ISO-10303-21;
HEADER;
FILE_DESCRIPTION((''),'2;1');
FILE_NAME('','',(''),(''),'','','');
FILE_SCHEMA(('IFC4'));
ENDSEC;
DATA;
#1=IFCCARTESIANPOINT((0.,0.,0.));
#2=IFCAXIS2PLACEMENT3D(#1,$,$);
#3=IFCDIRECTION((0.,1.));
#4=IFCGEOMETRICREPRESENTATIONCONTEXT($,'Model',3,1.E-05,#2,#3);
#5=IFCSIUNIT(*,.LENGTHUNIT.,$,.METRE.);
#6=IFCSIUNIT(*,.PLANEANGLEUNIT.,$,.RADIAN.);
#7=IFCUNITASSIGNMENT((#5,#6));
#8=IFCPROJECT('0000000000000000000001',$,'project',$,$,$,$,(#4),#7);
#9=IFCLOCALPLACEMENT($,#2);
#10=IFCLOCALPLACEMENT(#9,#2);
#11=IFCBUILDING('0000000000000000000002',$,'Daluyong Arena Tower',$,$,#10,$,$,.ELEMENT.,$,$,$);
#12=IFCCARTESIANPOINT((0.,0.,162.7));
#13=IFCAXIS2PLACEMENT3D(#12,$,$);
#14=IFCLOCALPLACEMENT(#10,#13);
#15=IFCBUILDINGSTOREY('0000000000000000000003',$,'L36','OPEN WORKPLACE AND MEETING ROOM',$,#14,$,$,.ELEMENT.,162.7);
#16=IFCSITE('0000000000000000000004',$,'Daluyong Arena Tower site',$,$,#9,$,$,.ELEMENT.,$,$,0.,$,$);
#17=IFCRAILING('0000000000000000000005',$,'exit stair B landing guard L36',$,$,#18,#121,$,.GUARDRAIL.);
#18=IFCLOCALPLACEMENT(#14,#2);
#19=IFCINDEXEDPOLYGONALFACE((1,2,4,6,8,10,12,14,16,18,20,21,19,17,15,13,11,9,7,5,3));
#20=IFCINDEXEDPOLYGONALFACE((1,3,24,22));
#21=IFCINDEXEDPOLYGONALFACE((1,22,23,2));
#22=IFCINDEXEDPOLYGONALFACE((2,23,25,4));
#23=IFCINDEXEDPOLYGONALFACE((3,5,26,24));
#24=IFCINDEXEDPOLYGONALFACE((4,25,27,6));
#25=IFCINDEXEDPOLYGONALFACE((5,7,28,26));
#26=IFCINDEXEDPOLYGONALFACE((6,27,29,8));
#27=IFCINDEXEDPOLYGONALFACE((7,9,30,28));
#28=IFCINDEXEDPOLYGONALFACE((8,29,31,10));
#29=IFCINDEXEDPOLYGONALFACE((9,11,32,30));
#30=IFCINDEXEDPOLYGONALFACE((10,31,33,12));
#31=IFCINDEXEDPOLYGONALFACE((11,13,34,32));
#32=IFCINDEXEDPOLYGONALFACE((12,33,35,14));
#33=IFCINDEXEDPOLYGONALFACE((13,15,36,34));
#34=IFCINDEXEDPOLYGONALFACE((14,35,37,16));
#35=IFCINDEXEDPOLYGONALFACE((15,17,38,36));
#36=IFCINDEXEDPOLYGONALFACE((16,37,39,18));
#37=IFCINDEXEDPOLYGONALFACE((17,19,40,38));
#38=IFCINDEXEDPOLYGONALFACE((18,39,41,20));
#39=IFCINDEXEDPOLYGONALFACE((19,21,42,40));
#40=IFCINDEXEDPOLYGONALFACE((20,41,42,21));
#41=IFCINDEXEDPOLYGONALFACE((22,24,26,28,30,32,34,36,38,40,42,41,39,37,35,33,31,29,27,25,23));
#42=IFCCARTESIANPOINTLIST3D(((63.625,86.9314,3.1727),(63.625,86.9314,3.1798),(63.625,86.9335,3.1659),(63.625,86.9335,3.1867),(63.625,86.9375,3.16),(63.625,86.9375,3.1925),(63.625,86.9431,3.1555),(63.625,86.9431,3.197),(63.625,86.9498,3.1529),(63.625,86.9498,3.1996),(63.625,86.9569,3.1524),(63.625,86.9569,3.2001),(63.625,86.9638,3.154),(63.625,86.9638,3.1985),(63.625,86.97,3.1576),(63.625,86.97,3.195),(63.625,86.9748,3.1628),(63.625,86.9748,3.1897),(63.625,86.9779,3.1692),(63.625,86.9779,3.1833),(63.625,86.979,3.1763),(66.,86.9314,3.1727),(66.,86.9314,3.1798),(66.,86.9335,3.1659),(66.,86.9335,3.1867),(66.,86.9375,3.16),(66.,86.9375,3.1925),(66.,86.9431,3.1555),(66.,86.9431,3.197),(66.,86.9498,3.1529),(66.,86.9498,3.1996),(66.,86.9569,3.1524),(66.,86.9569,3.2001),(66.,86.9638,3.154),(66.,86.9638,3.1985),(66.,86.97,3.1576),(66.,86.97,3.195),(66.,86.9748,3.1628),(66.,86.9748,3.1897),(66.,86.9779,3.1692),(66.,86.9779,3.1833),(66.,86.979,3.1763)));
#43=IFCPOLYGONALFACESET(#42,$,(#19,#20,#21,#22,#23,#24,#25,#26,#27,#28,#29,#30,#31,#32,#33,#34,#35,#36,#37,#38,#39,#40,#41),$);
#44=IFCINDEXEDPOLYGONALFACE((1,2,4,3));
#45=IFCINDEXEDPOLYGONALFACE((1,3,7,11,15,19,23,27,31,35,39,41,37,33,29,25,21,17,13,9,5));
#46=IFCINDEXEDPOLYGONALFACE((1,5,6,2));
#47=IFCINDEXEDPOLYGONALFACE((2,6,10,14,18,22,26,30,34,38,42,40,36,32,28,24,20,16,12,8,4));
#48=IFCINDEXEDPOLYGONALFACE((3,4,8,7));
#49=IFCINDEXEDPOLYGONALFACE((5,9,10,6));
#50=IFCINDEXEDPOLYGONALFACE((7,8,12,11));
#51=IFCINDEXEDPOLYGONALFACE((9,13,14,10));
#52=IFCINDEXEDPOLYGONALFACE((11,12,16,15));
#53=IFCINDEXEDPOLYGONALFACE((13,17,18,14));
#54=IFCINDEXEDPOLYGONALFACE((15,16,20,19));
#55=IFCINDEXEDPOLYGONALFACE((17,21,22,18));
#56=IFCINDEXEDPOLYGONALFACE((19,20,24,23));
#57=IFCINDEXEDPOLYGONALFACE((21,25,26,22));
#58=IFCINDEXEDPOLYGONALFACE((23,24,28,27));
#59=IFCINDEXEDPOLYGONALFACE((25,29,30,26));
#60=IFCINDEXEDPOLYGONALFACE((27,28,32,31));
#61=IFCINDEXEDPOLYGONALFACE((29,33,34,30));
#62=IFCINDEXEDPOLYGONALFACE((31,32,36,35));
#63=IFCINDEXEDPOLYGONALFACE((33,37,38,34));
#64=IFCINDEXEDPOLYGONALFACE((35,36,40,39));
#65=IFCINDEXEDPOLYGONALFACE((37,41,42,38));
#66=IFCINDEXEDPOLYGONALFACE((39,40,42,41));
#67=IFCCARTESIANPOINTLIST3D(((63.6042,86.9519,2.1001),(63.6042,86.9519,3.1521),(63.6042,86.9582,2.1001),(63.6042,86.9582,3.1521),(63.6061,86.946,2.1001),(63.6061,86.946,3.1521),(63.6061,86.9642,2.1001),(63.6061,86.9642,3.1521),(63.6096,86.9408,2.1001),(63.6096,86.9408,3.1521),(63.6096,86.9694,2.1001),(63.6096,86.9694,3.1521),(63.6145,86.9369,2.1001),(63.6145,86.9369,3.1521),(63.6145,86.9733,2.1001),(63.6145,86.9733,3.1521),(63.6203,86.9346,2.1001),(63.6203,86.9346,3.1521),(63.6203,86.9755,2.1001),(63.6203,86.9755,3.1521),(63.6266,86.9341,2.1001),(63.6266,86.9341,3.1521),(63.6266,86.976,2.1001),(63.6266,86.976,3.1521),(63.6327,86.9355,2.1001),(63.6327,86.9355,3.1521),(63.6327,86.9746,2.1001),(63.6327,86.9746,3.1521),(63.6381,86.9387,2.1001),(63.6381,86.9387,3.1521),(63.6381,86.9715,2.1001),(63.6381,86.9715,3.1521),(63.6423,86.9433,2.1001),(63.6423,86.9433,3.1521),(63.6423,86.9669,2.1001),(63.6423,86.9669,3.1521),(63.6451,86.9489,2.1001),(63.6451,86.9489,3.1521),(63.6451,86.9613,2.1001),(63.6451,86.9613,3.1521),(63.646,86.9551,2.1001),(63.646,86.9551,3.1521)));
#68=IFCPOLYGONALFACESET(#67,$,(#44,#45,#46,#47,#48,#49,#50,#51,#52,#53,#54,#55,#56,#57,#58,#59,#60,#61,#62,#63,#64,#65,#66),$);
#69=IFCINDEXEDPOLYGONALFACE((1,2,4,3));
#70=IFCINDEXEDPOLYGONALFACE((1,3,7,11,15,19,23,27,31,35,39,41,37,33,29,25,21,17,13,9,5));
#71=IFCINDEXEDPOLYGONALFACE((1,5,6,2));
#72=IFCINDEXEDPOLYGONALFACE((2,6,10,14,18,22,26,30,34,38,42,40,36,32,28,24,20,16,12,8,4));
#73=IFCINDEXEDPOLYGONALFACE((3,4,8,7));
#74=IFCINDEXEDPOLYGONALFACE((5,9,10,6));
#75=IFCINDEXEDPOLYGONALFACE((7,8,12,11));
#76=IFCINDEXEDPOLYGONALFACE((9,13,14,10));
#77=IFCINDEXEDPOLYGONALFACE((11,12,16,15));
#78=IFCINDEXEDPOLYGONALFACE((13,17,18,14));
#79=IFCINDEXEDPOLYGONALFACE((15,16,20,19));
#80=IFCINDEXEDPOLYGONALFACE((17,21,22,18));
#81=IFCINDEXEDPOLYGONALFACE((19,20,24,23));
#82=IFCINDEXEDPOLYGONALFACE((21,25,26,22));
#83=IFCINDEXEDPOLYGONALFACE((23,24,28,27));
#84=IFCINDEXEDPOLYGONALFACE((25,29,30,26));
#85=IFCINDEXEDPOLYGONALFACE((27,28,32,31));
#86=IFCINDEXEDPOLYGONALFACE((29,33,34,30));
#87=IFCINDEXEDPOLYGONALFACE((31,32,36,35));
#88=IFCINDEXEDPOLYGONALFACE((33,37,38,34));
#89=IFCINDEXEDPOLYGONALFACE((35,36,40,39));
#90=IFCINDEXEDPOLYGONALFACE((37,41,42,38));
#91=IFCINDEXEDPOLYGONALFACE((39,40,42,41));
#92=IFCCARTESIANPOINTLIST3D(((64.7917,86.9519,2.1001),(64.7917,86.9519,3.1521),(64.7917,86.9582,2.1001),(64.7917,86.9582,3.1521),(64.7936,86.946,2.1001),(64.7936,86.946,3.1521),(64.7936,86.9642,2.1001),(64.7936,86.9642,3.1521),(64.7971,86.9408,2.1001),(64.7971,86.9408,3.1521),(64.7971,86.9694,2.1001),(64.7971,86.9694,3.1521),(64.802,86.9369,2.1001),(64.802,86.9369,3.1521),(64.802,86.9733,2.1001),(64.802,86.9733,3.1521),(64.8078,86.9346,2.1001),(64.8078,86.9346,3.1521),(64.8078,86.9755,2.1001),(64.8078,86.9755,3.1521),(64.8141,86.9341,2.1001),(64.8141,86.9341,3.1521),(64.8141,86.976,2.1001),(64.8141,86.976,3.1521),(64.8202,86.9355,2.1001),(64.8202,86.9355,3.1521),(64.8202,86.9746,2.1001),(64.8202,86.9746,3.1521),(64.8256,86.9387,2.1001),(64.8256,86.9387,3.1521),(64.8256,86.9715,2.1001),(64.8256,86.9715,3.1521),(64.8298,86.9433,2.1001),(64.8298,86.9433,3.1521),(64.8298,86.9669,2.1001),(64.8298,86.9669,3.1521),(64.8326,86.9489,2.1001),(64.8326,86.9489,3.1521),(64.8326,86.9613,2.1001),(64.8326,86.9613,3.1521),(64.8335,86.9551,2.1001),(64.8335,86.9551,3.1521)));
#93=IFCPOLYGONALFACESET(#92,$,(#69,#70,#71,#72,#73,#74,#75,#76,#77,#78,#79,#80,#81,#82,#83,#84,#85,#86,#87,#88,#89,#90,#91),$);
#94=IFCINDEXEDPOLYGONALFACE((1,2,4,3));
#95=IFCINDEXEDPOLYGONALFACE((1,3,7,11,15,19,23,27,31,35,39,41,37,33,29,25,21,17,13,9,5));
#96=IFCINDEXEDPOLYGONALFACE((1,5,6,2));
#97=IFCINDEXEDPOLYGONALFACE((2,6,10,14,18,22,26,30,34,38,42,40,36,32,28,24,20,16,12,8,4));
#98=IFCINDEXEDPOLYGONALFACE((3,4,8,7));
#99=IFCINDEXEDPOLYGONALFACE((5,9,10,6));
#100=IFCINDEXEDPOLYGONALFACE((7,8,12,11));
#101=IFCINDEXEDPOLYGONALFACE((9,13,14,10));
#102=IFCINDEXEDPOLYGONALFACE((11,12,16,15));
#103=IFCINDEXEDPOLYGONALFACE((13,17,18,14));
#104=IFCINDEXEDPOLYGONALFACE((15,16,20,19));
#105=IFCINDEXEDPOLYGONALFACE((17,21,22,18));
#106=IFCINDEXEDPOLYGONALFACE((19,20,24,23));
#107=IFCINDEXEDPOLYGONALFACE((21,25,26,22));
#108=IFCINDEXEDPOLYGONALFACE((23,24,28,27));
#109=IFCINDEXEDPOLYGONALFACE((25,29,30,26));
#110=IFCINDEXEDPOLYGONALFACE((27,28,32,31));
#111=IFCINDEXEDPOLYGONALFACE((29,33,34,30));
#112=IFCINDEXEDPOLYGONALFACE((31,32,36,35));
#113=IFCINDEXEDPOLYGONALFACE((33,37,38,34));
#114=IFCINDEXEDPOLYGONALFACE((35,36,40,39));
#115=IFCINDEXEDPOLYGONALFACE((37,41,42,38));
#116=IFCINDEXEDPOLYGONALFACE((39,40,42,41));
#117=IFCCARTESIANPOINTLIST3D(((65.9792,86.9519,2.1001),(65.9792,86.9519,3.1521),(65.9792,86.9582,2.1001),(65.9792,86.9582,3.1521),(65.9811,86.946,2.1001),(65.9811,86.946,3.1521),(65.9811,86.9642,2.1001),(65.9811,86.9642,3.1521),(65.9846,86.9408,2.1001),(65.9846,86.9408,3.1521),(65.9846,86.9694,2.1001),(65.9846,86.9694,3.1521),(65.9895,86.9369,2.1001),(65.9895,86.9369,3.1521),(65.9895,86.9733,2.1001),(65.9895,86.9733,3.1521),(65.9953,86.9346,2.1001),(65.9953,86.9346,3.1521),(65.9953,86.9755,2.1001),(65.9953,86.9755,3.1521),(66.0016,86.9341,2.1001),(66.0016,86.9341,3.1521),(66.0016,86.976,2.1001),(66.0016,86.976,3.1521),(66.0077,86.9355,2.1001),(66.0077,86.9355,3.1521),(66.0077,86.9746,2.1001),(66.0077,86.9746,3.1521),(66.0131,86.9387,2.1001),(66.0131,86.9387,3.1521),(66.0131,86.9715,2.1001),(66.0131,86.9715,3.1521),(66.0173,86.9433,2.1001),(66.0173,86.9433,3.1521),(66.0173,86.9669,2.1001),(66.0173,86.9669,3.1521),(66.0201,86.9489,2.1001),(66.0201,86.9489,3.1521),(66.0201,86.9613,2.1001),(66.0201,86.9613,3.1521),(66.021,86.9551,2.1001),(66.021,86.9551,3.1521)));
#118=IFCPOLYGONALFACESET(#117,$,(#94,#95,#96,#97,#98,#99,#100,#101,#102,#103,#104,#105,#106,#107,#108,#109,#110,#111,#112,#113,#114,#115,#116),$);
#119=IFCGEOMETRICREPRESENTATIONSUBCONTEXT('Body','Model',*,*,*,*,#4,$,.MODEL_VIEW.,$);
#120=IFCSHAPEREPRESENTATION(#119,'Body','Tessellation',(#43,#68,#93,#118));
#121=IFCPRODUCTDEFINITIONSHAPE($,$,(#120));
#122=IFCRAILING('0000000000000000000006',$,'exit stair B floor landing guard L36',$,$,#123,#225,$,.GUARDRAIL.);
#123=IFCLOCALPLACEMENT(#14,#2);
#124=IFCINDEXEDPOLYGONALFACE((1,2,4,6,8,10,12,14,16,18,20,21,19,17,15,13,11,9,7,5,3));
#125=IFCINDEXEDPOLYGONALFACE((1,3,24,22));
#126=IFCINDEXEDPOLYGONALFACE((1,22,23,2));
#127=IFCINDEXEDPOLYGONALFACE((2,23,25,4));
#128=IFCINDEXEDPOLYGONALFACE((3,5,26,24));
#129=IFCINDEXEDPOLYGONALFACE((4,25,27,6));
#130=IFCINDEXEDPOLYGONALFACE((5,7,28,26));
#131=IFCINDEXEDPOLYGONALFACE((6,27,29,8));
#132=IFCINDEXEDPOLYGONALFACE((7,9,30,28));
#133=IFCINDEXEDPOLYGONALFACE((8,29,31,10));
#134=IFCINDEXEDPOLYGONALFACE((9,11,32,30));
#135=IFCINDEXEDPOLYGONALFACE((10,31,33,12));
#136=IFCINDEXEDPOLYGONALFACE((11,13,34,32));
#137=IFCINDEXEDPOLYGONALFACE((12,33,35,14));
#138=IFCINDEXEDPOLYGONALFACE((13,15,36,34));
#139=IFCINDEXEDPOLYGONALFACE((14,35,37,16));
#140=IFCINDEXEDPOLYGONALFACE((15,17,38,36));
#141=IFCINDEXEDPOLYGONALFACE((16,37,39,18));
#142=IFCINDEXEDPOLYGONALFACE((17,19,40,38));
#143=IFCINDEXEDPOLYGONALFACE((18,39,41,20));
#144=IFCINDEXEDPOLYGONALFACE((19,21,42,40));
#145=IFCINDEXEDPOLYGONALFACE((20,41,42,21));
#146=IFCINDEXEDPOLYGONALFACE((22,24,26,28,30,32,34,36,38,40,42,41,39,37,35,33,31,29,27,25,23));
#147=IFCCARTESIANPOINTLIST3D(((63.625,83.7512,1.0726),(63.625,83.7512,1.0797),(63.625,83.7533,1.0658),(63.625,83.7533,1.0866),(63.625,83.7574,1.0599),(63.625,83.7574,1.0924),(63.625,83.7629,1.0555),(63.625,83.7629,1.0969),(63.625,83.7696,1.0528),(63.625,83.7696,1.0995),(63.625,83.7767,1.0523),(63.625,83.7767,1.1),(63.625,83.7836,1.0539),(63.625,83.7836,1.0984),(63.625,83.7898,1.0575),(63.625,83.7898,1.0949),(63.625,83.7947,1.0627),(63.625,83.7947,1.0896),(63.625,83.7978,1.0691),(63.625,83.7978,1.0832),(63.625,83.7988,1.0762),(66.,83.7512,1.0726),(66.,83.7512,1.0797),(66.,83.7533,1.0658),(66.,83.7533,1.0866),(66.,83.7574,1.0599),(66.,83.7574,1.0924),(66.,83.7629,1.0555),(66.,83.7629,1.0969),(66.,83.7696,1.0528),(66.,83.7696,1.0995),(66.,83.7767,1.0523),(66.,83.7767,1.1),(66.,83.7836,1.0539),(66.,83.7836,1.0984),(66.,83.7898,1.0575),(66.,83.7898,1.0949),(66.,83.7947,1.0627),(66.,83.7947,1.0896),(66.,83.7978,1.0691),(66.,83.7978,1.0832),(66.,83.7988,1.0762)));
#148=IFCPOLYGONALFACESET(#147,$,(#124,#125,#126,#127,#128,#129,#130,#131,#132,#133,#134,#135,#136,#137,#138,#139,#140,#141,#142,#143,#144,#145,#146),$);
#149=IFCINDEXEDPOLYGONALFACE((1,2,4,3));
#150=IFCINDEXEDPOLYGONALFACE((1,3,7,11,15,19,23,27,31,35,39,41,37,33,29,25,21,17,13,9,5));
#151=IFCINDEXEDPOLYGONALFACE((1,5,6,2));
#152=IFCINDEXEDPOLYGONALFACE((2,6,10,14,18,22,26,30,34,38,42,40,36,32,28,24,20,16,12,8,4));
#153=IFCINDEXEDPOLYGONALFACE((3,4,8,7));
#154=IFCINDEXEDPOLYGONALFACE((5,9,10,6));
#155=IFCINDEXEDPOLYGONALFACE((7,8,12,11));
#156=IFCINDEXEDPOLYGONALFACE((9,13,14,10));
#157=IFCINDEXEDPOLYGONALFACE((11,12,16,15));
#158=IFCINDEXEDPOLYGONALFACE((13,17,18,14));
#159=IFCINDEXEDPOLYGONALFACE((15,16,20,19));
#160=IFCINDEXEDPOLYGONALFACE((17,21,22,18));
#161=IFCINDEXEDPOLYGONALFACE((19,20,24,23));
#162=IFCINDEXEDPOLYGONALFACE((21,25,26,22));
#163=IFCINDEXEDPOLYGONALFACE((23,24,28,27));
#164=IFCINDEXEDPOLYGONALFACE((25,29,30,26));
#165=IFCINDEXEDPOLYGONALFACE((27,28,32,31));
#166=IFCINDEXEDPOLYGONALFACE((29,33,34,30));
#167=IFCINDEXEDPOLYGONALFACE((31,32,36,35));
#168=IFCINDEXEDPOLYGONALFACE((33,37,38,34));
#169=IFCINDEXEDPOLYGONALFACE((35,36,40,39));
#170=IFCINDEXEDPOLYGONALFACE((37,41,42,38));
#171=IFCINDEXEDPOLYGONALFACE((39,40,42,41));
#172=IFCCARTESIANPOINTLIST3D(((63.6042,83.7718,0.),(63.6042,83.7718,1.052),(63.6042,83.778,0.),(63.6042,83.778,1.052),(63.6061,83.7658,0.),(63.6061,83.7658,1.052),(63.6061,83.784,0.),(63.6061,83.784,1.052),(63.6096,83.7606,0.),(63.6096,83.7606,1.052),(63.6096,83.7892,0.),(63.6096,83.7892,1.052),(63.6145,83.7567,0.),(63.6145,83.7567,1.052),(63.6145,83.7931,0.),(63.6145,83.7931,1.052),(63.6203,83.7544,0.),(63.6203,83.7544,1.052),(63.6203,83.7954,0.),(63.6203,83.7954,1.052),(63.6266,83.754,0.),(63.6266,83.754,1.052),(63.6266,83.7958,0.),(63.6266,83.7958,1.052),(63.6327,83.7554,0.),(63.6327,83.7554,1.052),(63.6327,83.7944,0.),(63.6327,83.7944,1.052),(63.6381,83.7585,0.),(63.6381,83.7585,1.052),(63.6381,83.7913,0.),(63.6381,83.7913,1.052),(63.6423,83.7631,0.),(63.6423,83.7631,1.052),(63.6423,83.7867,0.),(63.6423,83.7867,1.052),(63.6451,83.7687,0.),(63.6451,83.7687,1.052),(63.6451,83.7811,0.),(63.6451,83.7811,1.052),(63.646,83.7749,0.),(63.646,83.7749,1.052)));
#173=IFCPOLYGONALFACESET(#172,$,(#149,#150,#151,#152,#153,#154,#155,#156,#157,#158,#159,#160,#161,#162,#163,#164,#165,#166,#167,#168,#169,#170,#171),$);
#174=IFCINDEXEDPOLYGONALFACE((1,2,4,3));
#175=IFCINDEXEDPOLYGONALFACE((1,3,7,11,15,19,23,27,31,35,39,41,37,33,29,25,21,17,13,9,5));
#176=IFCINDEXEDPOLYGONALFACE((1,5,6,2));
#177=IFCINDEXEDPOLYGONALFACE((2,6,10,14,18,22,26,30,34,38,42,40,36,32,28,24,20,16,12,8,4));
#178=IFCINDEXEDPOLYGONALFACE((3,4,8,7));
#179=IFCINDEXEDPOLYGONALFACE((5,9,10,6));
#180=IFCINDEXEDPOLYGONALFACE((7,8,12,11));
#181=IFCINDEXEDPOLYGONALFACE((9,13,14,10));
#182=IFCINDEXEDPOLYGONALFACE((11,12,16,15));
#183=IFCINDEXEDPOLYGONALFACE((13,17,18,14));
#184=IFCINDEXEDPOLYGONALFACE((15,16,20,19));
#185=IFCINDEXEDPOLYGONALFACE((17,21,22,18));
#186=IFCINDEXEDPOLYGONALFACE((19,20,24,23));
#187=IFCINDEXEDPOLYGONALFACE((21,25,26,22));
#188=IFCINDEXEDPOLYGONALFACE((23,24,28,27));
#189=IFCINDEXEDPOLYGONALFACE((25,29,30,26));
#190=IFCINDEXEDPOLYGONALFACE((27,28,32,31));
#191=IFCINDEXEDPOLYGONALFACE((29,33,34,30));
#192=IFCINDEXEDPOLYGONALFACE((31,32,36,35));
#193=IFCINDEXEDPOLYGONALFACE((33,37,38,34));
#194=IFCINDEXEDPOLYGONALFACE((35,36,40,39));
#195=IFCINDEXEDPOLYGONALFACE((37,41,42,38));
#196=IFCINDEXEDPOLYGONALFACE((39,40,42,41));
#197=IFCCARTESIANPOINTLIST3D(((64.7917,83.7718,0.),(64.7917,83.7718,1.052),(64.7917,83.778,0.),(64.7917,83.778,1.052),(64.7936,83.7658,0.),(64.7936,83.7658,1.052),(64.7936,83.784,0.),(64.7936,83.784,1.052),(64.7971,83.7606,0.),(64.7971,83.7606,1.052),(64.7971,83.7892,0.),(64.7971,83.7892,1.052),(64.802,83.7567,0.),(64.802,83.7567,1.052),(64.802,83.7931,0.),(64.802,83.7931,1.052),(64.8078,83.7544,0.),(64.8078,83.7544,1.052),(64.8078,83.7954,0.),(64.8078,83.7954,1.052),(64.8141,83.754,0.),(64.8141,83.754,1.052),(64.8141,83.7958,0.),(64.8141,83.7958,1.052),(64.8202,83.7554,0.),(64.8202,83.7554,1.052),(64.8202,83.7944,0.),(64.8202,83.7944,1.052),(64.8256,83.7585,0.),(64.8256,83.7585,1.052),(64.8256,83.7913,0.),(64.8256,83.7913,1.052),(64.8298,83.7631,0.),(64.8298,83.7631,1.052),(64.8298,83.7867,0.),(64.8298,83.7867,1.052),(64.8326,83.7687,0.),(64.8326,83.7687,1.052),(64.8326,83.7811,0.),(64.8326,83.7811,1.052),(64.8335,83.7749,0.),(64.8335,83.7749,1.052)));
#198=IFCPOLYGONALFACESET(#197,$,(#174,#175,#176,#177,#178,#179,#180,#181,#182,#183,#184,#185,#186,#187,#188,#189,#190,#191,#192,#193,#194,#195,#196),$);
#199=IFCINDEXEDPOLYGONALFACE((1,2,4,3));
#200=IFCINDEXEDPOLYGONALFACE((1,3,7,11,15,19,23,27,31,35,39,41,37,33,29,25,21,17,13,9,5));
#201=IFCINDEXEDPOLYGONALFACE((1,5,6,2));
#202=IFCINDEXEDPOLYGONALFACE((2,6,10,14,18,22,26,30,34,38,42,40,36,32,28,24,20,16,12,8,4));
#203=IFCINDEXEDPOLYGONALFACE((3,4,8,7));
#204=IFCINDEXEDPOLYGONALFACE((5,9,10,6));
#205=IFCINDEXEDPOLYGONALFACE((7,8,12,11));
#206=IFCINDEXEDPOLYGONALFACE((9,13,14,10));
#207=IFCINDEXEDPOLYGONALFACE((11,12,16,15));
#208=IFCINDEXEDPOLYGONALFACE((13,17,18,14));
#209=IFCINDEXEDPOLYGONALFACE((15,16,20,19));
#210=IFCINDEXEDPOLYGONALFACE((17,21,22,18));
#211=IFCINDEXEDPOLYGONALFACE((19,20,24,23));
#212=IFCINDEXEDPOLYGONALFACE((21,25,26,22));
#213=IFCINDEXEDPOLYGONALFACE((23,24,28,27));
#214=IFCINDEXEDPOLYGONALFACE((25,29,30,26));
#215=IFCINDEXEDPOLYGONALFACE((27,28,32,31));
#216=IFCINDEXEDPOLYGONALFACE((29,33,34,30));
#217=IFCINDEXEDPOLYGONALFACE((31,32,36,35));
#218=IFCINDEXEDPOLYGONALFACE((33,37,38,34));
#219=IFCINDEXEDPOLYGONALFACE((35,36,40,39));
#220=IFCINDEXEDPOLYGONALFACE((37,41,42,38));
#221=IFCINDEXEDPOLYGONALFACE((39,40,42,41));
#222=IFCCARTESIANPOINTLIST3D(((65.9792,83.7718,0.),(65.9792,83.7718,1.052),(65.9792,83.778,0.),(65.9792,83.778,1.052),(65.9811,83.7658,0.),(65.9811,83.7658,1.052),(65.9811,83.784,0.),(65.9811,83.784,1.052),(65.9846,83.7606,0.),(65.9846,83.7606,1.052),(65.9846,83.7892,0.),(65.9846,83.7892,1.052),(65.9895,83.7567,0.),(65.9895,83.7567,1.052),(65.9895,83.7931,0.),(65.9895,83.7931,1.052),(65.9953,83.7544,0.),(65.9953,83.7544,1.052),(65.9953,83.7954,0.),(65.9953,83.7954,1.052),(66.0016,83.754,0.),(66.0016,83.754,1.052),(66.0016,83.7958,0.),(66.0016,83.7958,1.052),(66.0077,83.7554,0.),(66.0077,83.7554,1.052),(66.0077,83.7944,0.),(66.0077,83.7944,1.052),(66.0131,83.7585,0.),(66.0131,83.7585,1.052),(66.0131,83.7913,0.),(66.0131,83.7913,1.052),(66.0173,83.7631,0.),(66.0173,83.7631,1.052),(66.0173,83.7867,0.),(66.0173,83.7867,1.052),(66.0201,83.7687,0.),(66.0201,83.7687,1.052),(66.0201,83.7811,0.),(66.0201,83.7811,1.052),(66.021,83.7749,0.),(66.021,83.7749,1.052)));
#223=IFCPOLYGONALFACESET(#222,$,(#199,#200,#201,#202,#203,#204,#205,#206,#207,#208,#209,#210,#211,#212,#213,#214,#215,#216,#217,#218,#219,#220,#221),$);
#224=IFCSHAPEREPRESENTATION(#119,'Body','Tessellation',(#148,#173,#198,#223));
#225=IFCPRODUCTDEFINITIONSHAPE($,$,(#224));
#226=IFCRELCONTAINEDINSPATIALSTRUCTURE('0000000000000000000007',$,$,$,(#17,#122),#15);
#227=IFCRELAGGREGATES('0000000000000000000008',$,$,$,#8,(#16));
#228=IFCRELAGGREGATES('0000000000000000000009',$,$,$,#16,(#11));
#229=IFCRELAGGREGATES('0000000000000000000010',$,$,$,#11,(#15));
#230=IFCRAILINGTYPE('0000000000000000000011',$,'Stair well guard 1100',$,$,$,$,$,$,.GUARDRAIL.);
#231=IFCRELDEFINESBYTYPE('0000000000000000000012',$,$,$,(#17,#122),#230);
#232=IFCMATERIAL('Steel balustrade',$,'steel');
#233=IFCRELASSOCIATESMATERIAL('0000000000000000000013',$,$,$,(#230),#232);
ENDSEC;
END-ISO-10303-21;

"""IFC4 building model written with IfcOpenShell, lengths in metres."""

from ifc_helpers import new_model, si_unit, direction, frame, origin, origin_2d, place, context, subcontext, project, spatial, circle, extrude, material, type_object, element, save


model = new_model("IFC4")

# Units and contexts
model_context = context("Model", 3, precision=1e-05, world=origin(), true_north=direction((0.0, 1.0)))
body_context = subcontext(model_context, "Body", "Model", "MODEL_VIEW")
ifc_project = project(units=[si_unit("LENGTHUNIT", "METRE"), si_unit("PLANEANGLEUNIT", "RADIAN")], contexts=[model_context])

# Site, building, storey
site_placement = place(None, origin())
site = spatial("IfcSite", under=ifc_project, at=site_placement, Name="Daluyong Arena Tower site", CompositionType="ELEMENT", RefElevation=0.0)
building_placement = place(site_placement, origin())
building = spatial("IfcBuilding", under=site, at=building_placement, Name="Daluyong Arena Tower", CompositionType="ELEMENT")
storey_placement = place(building_placement, frame((0.0, 0.0, 162.7)))
storey = spatial("IfcBuildingStorey", under=building, at=storey_placement, Name="L36", Description="OPEN WORKPLACE AND MEETING ROOM", CompositionType="ELEMENT", Elevation=162.7)

# Railings
ifc_material_1 = material(Name="Steel balustrade", Category="steel")
railing_type_1 = type_object("IfcRailingType", Name="Stair well guard 1100", PredefinedType="GUARDRAIL", material=ifc_material_1)
for number, where, name in (
    (1, (63.625, 86.9551, 2.1001), "exit stair B landing guard L36"),
    (2, (63.625, 83.7749, 0.0), "exit stair B floor landing guard L36"),
):
    element("IfcRailing", number, at=place(storey_placement, frame(where)), inside=storey, type_object=railing_type_1, Name=name, PredefinedType="GUARDRAIL", context=body_context, shape_type="SweptSolid", body=[
        extrude(circle(Radius=0.0239, at=origin_2d()), frame((0.0, 0.0, 1.0762), z_axis=(1.0, 0.0, 0.0), x_axis=(0.0, 1.0, 0.0)), (0.0, 0.0, 1.0), 2.375),
        extrude(circle(Radius=0.021, at=origin_2d()), origin(), (0.0, 0.0, 1.0), 1.052),
        extrude(circle(Radius=0.021, at=origin_2d()), frame((1.1875, 0.0, 0.0)), (0.0, 0.0, 1.0), 1.052),
        extrude(circle(Radius=0.021, at=origin_2d()), frame((2.375, 0.0, 0.0)), (0.0, 0.0, 1.0), 1.052),
    ])

save(model, "model.ifc")
